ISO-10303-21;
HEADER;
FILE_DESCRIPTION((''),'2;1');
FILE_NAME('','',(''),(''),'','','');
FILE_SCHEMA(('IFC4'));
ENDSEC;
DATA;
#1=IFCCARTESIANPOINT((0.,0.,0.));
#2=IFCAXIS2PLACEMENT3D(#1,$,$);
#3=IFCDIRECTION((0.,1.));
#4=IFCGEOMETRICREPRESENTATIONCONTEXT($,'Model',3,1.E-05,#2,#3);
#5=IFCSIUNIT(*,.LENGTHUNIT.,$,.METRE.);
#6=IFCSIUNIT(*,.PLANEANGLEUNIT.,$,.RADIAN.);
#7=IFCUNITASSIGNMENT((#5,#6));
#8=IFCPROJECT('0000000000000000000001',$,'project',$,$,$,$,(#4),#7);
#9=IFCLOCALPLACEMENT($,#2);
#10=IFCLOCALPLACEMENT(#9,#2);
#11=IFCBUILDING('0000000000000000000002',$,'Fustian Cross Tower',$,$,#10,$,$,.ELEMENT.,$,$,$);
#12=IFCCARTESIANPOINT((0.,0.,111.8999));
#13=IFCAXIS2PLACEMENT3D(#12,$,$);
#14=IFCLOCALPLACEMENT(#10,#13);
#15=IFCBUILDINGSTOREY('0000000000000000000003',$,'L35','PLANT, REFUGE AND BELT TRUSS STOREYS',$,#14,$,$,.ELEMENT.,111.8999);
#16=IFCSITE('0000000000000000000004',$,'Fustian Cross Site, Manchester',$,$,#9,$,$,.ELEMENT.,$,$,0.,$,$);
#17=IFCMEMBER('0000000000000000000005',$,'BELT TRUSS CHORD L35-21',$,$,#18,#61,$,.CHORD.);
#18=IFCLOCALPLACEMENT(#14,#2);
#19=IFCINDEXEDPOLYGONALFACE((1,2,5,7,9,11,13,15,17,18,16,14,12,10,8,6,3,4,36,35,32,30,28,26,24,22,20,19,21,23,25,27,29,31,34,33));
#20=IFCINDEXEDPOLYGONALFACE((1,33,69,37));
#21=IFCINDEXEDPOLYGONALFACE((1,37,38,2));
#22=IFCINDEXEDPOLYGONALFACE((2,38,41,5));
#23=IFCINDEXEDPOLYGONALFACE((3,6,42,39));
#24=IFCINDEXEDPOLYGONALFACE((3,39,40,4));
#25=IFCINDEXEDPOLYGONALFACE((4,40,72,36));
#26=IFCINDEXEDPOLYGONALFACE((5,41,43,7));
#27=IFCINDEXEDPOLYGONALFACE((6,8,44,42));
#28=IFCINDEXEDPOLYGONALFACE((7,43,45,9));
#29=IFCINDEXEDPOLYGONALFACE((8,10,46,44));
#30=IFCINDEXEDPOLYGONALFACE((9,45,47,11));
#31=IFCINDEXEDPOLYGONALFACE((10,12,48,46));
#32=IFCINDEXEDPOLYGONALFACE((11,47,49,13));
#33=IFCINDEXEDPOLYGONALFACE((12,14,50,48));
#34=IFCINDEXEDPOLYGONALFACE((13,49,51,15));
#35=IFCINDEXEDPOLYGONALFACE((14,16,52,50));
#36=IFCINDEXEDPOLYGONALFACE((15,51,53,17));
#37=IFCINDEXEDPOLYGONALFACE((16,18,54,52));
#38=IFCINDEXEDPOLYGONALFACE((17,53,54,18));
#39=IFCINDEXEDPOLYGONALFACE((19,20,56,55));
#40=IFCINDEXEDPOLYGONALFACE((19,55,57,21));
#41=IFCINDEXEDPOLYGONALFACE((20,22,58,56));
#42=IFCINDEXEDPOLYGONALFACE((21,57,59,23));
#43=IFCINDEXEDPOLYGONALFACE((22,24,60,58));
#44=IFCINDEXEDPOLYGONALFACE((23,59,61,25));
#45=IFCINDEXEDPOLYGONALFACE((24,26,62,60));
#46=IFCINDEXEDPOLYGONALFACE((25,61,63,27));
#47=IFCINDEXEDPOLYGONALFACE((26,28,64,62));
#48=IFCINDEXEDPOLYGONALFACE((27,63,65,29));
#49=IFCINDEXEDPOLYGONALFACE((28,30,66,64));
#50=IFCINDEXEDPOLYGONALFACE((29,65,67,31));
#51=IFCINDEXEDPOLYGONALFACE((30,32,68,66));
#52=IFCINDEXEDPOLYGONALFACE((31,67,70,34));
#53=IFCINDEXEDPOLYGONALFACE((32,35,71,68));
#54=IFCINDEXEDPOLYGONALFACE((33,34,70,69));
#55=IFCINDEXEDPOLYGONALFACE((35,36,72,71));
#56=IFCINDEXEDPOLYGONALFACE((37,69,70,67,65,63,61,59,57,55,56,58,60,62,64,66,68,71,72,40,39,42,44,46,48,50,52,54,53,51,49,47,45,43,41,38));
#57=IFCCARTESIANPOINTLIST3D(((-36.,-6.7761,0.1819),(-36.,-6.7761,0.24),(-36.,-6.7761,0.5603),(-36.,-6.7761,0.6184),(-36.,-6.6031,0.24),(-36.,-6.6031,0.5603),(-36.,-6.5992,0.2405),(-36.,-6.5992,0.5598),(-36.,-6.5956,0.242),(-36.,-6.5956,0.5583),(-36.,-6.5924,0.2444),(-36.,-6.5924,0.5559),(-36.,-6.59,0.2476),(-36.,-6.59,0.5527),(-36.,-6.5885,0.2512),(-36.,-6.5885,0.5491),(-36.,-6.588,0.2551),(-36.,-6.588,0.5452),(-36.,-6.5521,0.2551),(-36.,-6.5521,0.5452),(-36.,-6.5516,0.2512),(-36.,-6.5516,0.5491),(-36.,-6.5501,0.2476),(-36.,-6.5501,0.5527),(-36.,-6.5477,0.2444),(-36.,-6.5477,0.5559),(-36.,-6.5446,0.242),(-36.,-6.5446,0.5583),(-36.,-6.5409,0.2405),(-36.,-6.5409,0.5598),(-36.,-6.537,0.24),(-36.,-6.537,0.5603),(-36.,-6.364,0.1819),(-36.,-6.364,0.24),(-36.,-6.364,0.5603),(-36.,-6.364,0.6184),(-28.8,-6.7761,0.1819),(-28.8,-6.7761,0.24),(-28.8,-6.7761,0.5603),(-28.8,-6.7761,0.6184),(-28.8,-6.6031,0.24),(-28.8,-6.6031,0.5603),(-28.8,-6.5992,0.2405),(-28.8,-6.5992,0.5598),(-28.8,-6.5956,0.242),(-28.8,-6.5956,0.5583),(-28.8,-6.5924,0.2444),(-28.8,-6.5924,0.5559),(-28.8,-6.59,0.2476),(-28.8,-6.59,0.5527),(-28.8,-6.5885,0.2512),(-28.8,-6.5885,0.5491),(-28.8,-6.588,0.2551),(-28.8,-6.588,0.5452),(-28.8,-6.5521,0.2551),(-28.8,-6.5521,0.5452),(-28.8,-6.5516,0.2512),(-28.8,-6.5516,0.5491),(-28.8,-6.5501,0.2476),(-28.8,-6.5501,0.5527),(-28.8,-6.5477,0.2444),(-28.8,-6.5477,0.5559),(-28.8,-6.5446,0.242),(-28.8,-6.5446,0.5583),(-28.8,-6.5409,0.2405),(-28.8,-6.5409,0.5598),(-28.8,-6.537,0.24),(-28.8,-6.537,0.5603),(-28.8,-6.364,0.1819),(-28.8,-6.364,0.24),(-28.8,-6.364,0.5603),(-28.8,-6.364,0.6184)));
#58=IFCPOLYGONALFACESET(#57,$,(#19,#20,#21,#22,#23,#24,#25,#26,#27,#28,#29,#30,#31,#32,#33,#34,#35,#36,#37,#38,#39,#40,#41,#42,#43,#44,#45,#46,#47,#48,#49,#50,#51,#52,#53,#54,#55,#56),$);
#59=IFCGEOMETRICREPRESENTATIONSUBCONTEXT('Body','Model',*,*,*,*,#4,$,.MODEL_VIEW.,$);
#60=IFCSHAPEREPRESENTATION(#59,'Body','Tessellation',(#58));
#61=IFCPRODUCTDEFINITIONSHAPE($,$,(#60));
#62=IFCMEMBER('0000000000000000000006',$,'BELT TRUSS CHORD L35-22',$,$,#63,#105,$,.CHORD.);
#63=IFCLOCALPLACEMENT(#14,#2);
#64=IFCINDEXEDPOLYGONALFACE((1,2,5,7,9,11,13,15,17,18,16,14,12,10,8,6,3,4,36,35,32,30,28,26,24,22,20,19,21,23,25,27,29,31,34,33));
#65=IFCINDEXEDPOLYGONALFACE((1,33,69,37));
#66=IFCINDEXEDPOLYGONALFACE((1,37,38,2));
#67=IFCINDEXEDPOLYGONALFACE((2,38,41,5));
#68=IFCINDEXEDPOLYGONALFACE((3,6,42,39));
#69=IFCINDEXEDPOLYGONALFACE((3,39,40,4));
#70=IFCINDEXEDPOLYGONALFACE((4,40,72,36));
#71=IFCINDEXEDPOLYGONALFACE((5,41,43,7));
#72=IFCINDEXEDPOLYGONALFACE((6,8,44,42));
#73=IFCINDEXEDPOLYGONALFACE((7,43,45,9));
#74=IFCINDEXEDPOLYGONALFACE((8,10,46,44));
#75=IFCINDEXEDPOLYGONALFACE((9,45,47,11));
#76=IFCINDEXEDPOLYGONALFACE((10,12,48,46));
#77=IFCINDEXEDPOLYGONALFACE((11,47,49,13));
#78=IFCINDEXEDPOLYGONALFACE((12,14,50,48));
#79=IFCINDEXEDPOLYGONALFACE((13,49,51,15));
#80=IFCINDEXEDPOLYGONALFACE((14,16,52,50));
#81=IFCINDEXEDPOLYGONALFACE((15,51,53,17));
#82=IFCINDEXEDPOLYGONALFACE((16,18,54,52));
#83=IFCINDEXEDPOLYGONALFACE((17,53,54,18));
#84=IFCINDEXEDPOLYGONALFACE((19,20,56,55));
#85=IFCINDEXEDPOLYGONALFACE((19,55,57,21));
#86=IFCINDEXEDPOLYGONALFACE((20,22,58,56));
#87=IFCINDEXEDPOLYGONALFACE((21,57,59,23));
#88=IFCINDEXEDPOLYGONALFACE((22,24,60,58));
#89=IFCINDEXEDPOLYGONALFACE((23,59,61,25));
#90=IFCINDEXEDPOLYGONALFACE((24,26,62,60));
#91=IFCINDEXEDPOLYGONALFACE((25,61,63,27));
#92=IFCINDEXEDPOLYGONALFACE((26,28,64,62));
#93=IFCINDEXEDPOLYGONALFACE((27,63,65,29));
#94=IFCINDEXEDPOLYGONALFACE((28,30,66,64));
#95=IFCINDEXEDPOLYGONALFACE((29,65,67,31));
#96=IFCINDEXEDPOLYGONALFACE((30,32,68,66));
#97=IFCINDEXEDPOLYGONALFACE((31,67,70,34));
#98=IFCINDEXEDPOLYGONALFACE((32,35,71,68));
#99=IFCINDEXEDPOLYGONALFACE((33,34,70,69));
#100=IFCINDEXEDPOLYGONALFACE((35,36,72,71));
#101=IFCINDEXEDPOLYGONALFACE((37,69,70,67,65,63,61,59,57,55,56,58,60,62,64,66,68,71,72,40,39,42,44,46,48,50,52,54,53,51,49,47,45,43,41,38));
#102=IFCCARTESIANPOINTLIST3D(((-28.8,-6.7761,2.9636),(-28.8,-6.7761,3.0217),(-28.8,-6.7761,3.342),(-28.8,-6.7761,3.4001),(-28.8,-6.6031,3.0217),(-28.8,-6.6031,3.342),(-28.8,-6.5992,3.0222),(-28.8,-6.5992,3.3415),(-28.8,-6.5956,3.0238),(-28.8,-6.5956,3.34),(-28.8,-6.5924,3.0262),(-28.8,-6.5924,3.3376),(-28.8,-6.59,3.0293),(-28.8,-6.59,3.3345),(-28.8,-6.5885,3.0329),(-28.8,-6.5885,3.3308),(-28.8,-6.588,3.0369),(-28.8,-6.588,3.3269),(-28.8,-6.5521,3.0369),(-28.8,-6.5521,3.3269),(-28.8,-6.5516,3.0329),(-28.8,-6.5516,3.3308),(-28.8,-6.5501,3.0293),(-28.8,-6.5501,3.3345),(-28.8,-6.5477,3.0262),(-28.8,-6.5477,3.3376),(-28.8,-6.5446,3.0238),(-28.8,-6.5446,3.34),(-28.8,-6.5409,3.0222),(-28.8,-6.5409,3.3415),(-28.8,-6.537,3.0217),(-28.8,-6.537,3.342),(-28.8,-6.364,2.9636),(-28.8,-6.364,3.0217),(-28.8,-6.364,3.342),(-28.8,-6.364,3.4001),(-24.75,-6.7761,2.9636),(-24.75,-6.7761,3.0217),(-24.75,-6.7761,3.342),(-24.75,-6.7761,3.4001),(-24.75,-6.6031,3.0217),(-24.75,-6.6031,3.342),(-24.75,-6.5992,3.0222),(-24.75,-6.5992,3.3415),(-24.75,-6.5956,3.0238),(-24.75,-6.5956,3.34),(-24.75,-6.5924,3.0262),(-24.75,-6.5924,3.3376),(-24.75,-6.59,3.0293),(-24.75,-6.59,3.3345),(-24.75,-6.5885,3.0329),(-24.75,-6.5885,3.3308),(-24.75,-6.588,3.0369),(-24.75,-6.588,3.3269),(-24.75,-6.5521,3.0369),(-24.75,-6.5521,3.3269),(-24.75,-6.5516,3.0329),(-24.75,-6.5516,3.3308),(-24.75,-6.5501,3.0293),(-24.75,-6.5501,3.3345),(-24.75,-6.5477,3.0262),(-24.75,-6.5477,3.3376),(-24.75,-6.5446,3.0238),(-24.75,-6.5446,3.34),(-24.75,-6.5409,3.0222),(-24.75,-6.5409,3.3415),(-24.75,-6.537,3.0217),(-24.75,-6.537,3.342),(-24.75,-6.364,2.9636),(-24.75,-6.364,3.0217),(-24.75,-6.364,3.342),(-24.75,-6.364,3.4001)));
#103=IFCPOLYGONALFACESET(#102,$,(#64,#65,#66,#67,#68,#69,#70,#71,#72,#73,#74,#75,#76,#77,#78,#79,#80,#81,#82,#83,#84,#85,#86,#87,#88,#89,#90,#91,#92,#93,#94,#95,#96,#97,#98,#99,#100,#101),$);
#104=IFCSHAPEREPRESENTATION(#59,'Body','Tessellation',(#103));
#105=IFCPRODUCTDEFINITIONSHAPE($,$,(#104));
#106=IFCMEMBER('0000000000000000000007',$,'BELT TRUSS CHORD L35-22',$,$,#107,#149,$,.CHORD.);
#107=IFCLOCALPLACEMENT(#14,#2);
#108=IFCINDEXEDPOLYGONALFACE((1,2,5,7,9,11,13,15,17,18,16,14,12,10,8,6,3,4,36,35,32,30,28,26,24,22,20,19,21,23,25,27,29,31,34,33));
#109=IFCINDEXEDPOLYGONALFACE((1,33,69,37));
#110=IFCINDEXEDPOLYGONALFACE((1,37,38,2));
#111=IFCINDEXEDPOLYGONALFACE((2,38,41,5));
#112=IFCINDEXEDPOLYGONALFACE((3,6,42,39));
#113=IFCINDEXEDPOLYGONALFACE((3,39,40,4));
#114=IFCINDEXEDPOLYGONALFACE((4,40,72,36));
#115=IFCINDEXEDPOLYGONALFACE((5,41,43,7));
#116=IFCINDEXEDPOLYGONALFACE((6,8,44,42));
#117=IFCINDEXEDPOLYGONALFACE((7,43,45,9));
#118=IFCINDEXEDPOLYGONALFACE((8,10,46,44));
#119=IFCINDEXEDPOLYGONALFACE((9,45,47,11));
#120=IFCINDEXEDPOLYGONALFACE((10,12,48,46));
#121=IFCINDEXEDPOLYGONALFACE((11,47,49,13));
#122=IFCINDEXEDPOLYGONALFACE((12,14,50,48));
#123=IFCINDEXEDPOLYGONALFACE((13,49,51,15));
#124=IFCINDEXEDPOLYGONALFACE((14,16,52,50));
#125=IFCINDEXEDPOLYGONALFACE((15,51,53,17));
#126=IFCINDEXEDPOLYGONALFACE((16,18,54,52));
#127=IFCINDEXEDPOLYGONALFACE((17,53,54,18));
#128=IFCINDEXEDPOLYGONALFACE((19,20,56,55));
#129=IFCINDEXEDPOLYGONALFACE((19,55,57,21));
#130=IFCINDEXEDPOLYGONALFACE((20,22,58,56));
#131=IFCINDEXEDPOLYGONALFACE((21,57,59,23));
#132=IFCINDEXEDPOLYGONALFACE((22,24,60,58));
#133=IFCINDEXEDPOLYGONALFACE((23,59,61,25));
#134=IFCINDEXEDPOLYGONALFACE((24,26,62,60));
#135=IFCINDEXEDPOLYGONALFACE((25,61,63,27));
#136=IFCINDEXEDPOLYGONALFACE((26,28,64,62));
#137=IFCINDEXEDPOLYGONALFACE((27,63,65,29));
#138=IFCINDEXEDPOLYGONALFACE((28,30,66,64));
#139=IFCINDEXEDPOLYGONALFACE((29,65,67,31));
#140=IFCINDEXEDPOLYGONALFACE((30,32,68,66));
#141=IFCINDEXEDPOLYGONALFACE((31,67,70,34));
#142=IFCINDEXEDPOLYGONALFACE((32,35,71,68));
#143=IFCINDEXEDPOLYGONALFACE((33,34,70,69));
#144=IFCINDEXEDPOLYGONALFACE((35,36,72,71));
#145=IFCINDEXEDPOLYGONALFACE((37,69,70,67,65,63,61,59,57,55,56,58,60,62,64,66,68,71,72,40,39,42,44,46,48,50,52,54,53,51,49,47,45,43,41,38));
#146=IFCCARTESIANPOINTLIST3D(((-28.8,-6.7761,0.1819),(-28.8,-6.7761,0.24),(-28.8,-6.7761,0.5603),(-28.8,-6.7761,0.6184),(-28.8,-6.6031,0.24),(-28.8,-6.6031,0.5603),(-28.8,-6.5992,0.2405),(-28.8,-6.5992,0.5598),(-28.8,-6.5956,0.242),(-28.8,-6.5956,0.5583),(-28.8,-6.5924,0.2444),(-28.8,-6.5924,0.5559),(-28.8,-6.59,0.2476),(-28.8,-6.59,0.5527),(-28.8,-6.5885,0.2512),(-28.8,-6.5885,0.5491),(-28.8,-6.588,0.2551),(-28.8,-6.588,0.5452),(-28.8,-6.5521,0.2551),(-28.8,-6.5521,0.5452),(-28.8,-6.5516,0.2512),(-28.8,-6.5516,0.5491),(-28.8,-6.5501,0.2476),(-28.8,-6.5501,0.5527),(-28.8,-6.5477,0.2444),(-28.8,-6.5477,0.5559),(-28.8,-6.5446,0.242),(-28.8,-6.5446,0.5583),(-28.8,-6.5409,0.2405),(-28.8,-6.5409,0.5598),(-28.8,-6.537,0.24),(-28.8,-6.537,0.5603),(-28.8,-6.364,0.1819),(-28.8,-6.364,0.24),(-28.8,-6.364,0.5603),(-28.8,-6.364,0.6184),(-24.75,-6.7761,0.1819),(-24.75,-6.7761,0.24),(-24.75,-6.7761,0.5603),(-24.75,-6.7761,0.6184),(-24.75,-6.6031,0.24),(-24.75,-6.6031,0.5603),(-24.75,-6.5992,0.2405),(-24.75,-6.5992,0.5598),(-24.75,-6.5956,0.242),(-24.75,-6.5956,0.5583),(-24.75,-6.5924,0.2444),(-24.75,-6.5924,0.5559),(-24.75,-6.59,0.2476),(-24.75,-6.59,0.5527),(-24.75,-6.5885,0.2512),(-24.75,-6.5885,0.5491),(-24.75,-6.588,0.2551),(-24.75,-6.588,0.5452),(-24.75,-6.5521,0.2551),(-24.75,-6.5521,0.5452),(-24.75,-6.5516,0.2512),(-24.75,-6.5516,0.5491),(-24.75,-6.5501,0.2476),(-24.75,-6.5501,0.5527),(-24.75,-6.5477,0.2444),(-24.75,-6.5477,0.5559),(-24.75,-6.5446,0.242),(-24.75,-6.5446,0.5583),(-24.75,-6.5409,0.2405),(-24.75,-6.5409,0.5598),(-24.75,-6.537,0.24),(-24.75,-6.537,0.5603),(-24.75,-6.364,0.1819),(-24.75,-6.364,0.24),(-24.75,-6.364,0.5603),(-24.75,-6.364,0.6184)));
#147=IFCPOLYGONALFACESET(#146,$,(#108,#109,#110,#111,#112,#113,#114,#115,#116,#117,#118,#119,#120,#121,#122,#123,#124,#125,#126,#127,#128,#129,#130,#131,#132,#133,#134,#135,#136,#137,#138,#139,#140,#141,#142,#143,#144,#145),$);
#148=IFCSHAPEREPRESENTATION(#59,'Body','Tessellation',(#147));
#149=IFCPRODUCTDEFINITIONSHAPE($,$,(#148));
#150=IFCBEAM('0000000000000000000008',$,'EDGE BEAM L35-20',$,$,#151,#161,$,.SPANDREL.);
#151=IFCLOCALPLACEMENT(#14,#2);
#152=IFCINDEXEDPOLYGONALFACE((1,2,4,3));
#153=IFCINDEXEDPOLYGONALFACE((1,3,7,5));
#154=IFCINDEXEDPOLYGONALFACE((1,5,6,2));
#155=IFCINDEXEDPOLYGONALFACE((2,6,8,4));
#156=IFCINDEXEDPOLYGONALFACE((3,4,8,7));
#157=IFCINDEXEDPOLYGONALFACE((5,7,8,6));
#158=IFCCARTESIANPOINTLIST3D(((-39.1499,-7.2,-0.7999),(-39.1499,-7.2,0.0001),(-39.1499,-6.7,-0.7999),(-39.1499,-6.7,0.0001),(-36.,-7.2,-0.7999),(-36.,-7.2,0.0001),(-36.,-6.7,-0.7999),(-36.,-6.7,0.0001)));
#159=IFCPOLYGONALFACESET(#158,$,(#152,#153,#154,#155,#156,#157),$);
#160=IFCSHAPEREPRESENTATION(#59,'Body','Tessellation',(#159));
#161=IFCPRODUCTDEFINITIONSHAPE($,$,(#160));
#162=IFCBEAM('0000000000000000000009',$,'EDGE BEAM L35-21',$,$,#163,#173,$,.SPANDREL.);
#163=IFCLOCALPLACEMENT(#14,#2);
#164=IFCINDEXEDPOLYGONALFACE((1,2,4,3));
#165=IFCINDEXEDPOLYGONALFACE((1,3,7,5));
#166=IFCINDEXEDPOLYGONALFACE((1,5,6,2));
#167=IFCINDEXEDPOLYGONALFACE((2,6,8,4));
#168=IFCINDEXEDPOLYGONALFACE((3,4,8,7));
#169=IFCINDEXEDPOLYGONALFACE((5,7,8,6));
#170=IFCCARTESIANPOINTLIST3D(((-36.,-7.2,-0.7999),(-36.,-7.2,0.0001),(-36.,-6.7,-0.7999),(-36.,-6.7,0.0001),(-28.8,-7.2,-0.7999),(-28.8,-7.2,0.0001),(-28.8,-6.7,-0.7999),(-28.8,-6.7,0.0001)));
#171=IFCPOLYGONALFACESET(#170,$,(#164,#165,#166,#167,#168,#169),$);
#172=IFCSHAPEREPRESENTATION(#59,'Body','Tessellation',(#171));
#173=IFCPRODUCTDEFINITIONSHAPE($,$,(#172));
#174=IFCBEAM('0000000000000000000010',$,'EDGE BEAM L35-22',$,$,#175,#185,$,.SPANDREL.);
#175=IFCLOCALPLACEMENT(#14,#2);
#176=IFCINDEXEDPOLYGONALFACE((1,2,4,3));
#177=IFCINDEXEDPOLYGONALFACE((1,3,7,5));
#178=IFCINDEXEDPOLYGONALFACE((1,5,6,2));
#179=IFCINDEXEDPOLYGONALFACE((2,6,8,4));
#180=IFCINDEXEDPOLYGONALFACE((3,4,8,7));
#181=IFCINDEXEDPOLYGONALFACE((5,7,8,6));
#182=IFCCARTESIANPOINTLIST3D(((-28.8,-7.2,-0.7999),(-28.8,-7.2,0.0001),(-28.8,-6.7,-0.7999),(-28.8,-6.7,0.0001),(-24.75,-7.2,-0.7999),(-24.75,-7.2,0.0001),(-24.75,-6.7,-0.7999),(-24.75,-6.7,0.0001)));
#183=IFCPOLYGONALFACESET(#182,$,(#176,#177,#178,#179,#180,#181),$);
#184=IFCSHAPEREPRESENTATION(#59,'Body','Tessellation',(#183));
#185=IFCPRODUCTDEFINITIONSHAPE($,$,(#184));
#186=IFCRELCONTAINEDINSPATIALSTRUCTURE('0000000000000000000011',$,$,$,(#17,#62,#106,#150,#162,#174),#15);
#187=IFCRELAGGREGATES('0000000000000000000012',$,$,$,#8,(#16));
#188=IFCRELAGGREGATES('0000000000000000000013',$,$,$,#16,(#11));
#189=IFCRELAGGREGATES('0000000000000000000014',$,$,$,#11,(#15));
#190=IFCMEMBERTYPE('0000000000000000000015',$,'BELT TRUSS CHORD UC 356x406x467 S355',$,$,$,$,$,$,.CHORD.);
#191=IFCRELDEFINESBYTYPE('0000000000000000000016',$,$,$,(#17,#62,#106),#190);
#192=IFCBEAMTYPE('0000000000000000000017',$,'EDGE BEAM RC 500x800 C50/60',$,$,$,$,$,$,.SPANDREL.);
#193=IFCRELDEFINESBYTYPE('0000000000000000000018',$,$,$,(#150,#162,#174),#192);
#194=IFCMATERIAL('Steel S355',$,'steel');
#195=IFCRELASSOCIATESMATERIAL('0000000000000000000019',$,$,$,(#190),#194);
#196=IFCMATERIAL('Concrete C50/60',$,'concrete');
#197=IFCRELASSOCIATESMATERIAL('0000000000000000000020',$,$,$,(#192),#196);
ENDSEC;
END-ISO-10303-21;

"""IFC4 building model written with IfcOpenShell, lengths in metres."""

from ifc_helpers import new_model, si_unit, direction, frame, origin, origin_2d, place, context, subcontext, project, spatial, rectangle, i_section, extrude, material, material_profile, profile_set, type_object, element, save


model = new_model("IFC4")

# Units and contexts
model_context = context("Model", 3, precision=1e-05, world=origin(), true_north=direction((0.0, 1.0)))
body_context = subcontext(model_context, "Body", "Model", "MODEL_VIEW")
ifc_project = project(units=[si_unit("LENGTHUNIT", "METRE"), si_unit("PLANEANGLEUNIT", "RADIAN")], contexts=[model_context])

# Site, building, storey
site_placement = place(None, origin())
site = spatial("IfcSite", under=ifc_project, at=site_placement, Name="Fustian Cross Site, Manchester", CompositionType="ELEMENT", RefElevation=0.0)
building_placement = place(site_placement, origin())
building = spatial("IfcBuilding", under=site, at=building_placement, Name="Fustian Cross Tower", CompositionType="ELEMENT")
storey_placement = place(building_placement, frame((0.0, 0.0, 111.8999)))
storey = spatial("IfcBuildingStorey", under=building, at=storey_placement, Name="L35", Description="PLANT, REFUGE AND BELT TRUSS STOREYS", CompositionType="ELEMENT", Elevation=111.8999)

# Members
ifc_material_1 = material(Name="Steel S355", Category="steel")
ifc_material_profile_1 = material_profile(ifc_material_1, i_section(OverallWidth=0.4121, OverallDepth=0.4365, WebThickness=0.0359, FlangeThickness=0.0581, FilletRadius=0.0151, at=origin_2d()), Name="UC 356x406x467")
ifc_profile_set_1 = profile_set([ifc_material_profile_1], Name="Steel S355")
member_type_1 = type_object("IfcMemberType", Name="BELT TRUSS CHORD UC 356x406x467 S355", PredefinedType="CHORD", material=ifc_profile_set_1)
for number, where, z_axis, x_axis, name in (
    (1, (-36.0, -6.5701, 0.4001), (1.0, 0.0, 0.0), (0.0, 1.0, 0.0), "BELT TRUSS CHORD L35-21"),
):
    element("IfcMember", number, at=place(storey_placement, frame(where, z_axis=z_axis, x_axis=x_axis)), inside=storey, type_object=member_type_1, Name=name, PredefinedType="CHORD", context=body_context, shape_type="SweptSolid", body=[
        extrude(i_section(OverallWidth=0.4121, OverallDepth=0.4365, WebThickness=0.0359, FlangeThickness=0.0581, FilletRadius=0.0151, at=origin_2d()), origin(), (0.0, 0.0, 1.0), 7.2),
    ])
for number, where, z_axis, x_axis, name in (
    (2, (-28.8, -6.5701, 3.1819), (1.0, 0.0, 0.0), (0.0, 1.0, 0.0), "BELT TRUSS CHORD L35-22"),
    (3, (-28.8, -6.5701, 0.4001), (1.0, 0.0, 0.0), (0.0, 1.0, 0.0), "BELT TRUSS CHORD L35-22"),
):
    element("IfcMember", number, at=place(storey_placement, frame(where, z_axis=z_axis, x_axis=x_axis)), inside=storey, type_object=member_type_1, Name=name, PredefinedType="CHORD", context=body_context, shape_type="SweptSolid", body=[
        extrude(i_section(OverallWidth=0.4121, OverallDepth=0.4365, WebThickness=0.0359, FlangeThickness=0.0581, FilletRadius=0.0151, at=origin_2d()), origin(), (0.0, 0.0, 1.0), 4.05),
    ])

# Beams
ifc_material_2 = material(Name="Concrete C50/60", Category="concrete")
ifc_material_profile_2 = material_profile(ifc_material_2, rectangle(XDim=0.5, YDim=0.8, at=origin_2d()), Name="RC 500x800")
ifc_profile_set_2 = profile_set([ifc_material_profile_2], Name="Concrete C50/60")
beam_type = type_object("IfcBeamType", Name="EDGE BEAM RC 500x800 C50/60", PredefinedType="SPANDREL", material=ifc_profile_set_2)
beam_1_placement = place(storey_placement, frame((-39.1499, -6.95, -0.3999), z_axis=(1.0, 0.0, 0.0), x_axis=(0.0, 1.0, 0.0)))
element("IfcBeam", 4, at=beam_1_placement, inside=storey, type_object=beam_type, Name="EDGE BEAM L35-20", PredefinedType="SPANDREL", context=body_context, shape_type="SweptSolid", body=[
    extrude(rectangle(XDim=0.5, YDim=0.8, at=origin_2d()), origin(), (0.0, 0.0, 1.0), 3.1499),
])
beam_2_placement = place(storey_placement, frame((-36.0, -6.95, -0.3999), z_axis=(1.0, 0.0, 0.0), x_axis=(0.0, 1.0, 0.0)))
element("IfcBeam", 5, at=beam_2_placement, inside=storey, type_object=beam_type, Name="EDGE BEAM L35-21", PredefinedType="SPANDREL", context=body_context, shape_type="SweptSolid", body=[
    extrude(rectangle(XDim=0.5, YDim=0.8, at=origin_2d()), origin(), (0.0, 0.0, 1.0), 7.2),
])
beam_3_placement = place(storey_placement, frame((-28.8, -6.95, -0.3999), z_axis=(1.0, 0.0, 0.0), x_axis=(0.0, 1.0, 0.0)))
element("IfcBeam", 6, at=beam_3_placement, inside=storey, type_object=beam_type, Name="EDGE BEAM L35-22", PredefinedType="SPANDREL", context=body_context, shape_type="SweptSolid", body=[
    extrude(rectangle(XDim=0.5, YDim=0.8, at=origin_2d()), origin(), (0.0, 0.0, 1.0), 4.05),
])

save(model, "model.ifc")
